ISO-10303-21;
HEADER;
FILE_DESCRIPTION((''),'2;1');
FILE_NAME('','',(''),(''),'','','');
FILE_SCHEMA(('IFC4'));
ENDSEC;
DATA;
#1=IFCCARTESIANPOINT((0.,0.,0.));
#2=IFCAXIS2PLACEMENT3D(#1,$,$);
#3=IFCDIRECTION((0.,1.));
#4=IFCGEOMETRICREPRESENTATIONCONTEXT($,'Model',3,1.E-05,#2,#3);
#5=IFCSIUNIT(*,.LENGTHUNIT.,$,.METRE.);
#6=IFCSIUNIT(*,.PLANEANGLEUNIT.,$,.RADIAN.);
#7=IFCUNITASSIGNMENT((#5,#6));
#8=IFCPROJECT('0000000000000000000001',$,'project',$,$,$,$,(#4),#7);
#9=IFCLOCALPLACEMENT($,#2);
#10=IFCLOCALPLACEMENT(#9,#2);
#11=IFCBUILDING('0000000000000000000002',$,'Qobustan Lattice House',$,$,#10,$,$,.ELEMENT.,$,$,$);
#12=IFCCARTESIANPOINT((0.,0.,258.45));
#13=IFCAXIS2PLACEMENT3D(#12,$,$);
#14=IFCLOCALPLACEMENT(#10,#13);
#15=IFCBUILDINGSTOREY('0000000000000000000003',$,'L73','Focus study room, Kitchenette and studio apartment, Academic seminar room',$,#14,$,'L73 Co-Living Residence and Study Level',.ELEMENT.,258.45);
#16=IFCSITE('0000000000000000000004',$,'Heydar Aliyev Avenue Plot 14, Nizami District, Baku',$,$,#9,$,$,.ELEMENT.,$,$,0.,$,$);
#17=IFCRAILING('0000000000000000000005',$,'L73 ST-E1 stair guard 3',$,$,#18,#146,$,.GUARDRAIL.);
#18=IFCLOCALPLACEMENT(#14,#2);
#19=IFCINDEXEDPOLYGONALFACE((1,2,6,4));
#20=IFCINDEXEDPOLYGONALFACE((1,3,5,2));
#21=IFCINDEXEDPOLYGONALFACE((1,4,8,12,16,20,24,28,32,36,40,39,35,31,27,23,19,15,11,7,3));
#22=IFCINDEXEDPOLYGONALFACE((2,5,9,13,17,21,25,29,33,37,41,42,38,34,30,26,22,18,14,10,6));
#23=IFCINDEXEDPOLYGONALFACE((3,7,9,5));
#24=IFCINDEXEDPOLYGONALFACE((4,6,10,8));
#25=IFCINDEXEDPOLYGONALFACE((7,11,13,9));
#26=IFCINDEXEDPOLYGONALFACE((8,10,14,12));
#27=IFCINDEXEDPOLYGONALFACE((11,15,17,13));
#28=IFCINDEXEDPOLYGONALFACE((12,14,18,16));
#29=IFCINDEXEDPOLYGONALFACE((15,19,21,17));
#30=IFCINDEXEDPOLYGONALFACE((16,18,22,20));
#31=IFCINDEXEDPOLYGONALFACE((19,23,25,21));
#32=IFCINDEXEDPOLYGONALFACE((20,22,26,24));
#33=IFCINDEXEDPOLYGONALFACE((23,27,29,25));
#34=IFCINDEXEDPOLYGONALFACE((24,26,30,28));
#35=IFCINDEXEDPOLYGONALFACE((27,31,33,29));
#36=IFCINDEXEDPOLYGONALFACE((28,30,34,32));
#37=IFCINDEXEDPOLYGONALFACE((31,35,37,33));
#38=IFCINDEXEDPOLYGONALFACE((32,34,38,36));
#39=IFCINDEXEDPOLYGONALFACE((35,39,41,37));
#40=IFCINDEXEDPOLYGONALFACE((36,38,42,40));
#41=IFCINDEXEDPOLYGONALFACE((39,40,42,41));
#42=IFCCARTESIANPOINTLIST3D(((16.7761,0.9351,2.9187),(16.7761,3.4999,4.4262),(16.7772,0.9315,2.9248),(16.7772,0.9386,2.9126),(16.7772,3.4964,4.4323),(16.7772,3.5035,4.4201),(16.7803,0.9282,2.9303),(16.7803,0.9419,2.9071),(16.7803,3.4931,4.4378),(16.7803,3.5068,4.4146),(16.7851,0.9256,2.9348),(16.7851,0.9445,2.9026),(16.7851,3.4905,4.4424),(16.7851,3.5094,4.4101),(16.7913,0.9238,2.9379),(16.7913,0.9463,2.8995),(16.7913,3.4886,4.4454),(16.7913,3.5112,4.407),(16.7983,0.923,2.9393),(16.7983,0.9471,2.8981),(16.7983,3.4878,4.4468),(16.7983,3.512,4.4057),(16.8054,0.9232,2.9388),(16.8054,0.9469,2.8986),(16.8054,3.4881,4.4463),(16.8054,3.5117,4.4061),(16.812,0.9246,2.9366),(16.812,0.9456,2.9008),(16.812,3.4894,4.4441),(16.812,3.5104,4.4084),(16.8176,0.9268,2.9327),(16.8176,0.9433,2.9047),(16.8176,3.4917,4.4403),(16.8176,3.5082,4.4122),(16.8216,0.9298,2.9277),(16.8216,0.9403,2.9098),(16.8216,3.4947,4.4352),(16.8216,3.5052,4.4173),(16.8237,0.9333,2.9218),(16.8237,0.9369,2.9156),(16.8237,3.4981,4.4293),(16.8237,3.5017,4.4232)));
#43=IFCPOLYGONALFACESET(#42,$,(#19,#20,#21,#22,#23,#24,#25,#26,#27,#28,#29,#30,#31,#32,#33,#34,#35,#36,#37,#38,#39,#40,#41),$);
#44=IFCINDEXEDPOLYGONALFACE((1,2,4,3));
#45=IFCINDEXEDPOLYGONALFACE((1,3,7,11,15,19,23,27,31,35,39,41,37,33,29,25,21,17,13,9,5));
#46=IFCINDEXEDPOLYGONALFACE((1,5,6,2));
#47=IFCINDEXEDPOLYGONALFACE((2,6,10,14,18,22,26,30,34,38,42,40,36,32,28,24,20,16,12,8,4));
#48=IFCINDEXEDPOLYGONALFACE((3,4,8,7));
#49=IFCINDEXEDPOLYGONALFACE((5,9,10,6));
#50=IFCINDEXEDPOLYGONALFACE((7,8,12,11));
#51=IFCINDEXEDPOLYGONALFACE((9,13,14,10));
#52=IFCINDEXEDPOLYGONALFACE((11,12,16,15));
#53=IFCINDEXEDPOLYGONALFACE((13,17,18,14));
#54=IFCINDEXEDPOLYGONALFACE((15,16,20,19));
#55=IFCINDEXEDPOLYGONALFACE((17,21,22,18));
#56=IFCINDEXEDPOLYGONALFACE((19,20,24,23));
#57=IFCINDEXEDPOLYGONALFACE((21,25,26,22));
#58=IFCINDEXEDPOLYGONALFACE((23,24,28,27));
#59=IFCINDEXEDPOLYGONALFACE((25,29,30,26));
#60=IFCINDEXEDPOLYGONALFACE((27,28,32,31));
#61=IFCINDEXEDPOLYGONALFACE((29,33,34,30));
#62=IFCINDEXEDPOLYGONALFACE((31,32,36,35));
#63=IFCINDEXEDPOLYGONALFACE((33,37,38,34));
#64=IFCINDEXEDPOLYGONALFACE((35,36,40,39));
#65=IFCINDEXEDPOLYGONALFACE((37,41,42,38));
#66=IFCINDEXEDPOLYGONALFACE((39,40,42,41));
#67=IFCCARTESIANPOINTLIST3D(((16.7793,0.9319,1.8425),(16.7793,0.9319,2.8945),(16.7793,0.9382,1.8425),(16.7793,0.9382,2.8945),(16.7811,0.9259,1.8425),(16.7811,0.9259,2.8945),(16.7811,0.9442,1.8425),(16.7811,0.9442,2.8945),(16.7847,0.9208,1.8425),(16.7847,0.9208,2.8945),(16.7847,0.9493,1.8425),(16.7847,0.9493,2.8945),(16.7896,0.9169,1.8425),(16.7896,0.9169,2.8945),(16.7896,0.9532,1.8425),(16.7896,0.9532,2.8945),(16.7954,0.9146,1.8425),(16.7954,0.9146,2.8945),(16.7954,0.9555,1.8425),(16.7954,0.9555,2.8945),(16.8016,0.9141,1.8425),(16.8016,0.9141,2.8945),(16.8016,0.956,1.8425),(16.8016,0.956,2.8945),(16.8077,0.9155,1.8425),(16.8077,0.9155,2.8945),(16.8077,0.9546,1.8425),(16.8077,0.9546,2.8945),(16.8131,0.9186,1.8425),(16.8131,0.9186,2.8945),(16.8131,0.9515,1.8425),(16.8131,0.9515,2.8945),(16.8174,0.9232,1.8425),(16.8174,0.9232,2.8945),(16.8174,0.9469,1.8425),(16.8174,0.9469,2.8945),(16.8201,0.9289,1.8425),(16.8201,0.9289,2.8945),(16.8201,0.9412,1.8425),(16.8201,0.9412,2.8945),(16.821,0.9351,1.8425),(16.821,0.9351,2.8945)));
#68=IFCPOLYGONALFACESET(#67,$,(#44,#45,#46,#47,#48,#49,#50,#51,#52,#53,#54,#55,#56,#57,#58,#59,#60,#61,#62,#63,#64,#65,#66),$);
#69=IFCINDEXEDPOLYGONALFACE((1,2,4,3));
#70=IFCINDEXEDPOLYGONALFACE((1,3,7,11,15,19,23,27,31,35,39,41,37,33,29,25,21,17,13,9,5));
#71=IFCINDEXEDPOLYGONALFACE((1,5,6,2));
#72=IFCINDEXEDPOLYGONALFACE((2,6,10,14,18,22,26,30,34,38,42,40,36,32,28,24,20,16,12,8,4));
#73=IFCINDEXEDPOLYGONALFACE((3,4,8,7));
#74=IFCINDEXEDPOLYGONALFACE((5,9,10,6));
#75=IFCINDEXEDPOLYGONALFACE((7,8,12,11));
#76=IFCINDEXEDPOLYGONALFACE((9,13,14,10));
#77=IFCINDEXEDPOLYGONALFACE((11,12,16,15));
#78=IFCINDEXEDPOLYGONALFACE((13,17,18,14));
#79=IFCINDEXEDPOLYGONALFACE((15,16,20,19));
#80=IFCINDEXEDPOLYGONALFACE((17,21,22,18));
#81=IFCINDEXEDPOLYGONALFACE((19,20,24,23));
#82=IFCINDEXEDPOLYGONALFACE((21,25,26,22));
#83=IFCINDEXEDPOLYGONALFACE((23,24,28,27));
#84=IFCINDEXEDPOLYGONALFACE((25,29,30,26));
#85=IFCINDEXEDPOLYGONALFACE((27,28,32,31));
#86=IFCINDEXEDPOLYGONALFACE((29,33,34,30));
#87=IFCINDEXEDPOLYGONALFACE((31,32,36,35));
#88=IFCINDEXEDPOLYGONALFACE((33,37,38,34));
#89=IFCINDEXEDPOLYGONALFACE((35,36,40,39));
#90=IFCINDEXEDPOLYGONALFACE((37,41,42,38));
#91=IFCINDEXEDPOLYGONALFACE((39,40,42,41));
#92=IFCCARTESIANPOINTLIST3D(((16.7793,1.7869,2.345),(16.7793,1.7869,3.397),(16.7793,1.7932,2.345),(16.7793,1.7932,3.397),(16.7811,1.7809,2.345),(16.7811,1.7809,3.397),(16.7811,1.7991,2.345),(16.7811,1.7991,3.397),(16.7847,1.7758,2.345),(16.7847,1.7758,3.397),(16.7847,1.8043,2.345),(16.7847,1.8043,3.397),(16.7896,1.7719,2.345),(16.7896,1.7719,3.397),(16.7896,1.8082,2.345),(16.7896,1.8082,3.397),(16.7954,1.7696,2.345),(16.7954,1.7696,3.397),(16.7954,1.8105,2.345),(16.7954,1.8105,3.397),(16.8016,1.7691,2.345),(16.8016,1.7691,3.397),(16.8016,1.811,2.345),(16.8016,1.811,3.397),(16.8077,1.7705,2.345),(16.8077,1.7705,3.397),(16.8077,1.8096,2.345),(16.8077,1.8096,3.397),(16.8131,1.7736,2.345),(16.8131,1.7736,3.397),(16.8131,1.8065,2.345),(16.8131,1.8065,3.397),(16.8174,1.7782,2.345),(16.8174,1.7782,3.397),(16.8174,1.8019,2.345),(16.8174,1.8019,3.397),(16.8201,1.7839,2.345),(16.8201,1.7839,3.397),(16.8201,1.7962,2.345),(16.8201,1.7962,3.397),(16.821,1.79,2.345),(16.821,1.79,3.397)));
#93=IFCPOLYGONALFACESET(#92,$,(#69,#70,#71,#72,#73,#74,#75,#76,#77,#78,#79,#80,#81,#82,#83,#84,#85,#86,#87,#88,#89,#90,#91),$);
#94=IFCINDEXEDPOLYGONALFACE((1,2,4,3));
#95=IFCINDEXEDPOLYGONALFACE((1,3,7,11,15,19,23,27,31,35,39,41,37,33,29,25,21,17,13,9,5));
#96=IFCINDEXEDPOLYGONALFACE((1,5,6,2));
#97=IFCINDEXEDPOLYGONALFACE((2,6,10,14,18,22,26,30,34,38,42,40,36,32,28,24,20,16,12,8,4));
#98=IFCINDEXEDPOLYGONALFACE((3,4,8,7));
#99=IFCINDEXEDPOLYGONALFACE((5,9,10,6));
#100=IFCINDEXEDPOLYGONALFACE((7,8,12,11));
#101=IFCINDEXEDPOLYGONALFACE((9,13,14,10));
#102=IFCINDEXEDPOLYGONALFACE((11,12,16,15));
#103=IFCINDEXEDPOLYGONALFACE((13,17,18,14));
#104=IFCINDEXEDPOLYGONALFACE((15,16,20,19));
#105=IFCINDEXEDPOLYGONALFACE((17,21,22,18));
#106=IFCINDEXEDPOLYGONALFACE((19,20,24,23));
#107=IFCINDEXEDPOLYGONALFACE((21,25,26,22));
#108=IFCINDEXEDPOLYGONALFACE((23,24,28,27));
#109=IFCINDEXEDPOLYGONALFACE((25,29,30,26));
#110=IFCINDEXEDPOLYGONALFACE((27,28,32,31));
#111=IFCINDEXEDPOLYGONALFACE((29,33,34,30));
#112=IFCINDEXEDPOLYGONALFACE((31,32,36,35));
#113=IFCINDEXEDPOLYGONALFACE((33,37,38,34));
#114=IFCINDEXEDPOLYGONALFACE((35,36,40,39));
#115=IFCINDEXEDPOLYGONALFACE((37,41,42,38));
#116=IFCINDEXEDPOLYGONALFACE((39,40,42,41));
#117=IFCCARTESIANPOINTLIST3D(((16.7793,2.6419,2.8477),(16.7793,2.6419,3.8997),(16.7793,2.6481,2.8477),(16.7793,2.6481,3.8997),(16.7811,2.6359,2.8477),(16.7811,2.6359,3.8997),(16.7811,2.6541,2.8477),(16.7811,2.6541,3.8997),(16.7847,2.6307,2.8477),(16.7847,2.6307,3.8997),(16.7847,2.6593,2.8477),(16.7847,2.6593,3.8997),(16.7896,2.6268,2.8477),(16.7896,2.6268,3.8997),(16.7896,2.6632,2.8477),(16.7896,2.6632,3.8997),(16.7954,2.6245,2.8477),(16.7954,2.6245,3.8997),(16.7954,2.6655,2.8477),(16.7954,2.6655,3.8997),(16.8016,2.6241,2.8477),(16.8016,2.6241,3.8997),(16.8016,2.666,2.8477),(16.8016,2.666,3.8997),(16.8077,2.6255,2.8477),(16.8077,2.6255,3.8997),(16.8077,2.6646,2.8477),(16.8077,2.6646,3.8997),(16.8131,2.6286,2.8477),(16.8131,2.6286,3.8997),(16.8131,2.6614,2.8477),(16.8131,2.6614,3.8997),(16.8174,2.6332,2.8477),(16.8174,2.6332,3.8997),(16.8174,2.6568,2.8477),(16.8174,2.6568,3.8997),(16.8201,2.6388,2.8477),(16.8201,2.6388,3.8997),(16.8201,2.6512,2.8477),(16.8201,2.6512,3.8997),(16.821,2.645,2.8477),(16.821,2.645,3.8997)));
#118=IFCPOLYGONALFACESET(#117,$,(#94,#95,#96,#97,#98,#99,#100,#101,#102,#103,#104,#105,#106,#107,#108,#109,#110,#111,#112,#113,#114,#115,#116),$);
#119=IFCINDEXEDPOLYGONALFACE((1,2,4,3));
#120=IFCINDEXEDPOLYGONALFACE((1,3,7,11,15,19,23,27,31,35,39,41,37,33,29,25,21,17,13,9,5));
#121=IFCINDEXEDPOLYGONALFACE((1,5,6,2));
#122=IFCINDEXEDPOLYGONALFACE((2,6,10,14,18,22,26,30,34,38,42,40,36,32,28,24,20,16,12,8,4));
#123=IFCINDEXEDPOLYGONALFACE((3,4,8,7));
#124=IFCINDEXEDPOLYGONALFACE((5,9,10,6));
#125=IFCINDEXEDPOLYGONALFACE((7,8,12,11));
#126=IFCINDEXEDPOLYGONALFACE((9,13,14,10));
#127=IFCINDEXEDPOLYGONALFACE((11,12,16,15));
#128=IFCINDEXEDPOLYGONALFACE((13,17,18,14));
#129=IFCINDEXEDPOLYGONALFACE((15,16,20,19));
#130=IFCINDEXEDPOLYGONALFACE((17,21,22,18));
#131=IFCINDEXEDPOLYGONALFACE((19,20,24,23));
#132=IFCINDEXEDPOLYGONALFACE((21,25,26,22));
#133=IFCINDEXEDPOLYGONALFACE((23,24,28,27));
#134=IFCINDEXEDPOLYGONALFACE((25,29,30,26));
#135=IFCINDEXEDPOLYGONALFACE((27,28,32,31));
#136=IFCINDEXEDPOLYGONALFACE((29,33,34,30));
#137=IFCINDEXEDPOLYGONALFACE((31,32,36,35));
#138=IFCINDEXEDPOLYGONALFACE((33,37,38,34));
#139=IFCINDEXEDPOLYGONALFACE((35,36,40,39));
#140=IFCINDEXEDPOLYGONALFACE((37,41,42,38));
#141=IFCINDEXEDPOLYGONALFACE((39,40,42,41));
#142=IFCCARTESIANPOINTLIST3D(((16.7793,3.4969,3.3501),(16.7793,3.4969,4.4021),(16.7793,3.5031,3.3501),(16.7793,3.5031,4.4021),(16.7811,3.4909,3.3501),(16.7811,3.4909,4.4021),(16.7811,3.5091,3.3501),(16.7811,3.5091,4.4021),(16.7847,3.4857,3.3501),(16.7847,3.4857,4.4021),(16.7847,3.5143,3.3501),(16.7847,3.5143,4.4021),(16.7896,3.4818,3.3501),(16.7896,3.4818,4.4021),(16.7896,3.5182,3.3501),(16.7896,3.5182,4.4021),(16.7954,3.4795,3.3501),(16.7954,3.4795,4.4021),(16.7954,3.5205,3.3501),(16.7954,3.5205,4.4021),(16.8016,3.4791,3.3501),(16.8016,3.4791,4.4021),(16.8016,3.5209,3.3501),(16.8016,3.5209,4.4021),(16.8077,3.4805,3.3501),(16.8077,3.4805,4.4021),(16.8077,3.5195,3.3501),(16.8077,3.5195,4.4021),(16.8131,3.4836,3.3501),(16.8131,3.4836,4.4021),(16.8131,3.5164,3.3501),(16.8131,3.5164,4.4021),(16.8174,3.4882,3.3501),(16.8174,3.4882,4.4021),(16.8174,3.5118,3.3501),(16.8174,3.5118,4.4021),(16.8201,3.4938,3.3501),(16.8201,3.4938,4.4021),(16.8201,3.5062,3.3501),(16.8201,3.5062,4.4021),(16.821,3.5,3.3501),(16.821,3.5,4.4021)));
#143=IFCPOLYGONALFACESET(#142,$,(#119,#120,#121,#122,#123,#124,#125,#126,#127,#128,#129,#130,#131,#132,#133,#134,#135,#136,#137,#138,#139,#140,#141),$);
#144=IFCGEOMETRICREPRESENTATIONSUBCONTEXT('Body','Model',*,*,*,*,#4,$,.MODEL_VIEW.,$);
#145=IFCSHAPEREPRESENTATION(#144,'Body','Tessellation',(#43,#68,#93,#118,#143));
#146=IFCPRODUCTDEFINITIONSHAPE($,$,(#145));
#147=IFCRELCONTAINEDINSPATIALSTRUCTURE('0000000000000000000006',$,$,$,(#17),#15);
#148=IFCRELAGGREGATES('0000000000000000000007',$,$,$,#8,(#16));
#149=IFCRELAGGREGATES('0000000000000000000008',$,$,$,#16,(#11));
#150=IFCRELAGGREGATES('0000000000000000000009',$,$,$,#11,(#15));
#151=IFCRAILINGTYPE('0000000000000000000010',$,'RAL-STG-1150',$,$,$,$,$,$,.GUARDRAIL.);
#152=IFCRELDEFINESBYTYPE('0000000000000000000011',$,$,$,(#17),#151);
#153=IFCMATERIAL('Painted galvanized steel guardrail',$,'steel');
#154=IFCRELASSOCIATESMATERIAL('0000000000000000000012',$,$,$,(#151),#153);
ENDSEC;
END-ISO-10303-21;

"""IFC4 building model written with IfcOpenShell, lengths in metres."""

from ifc_helpers import new_model, si_unit, direction, frame, origin, origin_2d, place, context, subcontext, project, spatial, circle, extrude, material, type_object, element, save


model = new_model("IFC4")

# Units and contexts
model_context = context("Model", 3, precision=1e-05, world=origin(), true_north=direction((0.0, 1.0)))
body_context = subcontext(model_context, "Body", "Model", "MODEL_VIEW")
ifc_project = project(units=[si_unit("LENGTHUNIT", "METRE"), si_unit("PLANEANGLEUNIT", "RADIAN")], contexts=[model_context])

# Site, building, storey
site_placement = place(None, origin())
site = spatial("IfcSite", under=ifc_project, at=site_placement, Name="Heydar Aliyev Avenue Plot 14, Nizami District, Baku", CompositionType="ELEMENT", RefElevation=0.0)
building_placement = place(site_placement, origin())
building = spatial("IfcBuilding", under=site, at=building_placement, Name="Qobustan Lattice House", CompositionType="ELEMENT")
storey_placement = place(building_placement, frame((0.0, 0.0, 258.45)))
storey = spatial("IfcBuildingStorey", under=building, at=storey_placement, Name="L73", Description="Focus study room, Kitchenette and studio apartment, Academic seminar room", LongName="L73 Co-Living Residence and Study Level", CompositionType="ELEMENT", Elevation=258.45)

# Railing
ifc_material_1 = material(Name="Painted galvanized steel guardrail", Category="steel")
railing_type_1 = type_object("IfcRailingType", Name="RAL-STG-1150", PredefinedType="GUARDRAIL", material=ifc_material_1)
railing_1_placement = place(storey_placement, frame((16.8, 0.9351, 1.8425)))
element("IfcRailing", 1, at=railing_1_placement, inside=storey, type_object=railing_type_1, Name="L73 ST-E1 stair guard 3", PredefinedType="GUARDRAIL", context=body_context, shape_type="SweptSolid", body=[
    extrude(circle(Radius=0.0239, at=origin_2d()), frame((0.0, 0.0, 1.0762), z_axis=(0.0, 0.862113, 0.506715), x_axis=(-1.0, 0.0, 0.0)), (0.0, 0.0, 1.0), 2.9751),
    extrude(circle(Radius=0.021, at=origin_2d()), origin(), (0.0, 0.0, 1.0), 1.052),
    extrude(circle(Radius=0.021, at=origin_2d()), frame((0.0, 0.855, 0.5024)), (0.0, 0.0, 1.0), 1.052),
    extrude(circle(Radius=0.021, at=origin_2d()), frame((0.0, 1.71, 1.0051)), (0.0, 0.0, 1.0), 1.052),
    extrude(circle(Radius=0.021, at=origin_2d()), frame((0.0, 2.5649, 1.5076)), (0.0, 0.0, 1.0), 1.052),
])

save(model, "model.ifc")
